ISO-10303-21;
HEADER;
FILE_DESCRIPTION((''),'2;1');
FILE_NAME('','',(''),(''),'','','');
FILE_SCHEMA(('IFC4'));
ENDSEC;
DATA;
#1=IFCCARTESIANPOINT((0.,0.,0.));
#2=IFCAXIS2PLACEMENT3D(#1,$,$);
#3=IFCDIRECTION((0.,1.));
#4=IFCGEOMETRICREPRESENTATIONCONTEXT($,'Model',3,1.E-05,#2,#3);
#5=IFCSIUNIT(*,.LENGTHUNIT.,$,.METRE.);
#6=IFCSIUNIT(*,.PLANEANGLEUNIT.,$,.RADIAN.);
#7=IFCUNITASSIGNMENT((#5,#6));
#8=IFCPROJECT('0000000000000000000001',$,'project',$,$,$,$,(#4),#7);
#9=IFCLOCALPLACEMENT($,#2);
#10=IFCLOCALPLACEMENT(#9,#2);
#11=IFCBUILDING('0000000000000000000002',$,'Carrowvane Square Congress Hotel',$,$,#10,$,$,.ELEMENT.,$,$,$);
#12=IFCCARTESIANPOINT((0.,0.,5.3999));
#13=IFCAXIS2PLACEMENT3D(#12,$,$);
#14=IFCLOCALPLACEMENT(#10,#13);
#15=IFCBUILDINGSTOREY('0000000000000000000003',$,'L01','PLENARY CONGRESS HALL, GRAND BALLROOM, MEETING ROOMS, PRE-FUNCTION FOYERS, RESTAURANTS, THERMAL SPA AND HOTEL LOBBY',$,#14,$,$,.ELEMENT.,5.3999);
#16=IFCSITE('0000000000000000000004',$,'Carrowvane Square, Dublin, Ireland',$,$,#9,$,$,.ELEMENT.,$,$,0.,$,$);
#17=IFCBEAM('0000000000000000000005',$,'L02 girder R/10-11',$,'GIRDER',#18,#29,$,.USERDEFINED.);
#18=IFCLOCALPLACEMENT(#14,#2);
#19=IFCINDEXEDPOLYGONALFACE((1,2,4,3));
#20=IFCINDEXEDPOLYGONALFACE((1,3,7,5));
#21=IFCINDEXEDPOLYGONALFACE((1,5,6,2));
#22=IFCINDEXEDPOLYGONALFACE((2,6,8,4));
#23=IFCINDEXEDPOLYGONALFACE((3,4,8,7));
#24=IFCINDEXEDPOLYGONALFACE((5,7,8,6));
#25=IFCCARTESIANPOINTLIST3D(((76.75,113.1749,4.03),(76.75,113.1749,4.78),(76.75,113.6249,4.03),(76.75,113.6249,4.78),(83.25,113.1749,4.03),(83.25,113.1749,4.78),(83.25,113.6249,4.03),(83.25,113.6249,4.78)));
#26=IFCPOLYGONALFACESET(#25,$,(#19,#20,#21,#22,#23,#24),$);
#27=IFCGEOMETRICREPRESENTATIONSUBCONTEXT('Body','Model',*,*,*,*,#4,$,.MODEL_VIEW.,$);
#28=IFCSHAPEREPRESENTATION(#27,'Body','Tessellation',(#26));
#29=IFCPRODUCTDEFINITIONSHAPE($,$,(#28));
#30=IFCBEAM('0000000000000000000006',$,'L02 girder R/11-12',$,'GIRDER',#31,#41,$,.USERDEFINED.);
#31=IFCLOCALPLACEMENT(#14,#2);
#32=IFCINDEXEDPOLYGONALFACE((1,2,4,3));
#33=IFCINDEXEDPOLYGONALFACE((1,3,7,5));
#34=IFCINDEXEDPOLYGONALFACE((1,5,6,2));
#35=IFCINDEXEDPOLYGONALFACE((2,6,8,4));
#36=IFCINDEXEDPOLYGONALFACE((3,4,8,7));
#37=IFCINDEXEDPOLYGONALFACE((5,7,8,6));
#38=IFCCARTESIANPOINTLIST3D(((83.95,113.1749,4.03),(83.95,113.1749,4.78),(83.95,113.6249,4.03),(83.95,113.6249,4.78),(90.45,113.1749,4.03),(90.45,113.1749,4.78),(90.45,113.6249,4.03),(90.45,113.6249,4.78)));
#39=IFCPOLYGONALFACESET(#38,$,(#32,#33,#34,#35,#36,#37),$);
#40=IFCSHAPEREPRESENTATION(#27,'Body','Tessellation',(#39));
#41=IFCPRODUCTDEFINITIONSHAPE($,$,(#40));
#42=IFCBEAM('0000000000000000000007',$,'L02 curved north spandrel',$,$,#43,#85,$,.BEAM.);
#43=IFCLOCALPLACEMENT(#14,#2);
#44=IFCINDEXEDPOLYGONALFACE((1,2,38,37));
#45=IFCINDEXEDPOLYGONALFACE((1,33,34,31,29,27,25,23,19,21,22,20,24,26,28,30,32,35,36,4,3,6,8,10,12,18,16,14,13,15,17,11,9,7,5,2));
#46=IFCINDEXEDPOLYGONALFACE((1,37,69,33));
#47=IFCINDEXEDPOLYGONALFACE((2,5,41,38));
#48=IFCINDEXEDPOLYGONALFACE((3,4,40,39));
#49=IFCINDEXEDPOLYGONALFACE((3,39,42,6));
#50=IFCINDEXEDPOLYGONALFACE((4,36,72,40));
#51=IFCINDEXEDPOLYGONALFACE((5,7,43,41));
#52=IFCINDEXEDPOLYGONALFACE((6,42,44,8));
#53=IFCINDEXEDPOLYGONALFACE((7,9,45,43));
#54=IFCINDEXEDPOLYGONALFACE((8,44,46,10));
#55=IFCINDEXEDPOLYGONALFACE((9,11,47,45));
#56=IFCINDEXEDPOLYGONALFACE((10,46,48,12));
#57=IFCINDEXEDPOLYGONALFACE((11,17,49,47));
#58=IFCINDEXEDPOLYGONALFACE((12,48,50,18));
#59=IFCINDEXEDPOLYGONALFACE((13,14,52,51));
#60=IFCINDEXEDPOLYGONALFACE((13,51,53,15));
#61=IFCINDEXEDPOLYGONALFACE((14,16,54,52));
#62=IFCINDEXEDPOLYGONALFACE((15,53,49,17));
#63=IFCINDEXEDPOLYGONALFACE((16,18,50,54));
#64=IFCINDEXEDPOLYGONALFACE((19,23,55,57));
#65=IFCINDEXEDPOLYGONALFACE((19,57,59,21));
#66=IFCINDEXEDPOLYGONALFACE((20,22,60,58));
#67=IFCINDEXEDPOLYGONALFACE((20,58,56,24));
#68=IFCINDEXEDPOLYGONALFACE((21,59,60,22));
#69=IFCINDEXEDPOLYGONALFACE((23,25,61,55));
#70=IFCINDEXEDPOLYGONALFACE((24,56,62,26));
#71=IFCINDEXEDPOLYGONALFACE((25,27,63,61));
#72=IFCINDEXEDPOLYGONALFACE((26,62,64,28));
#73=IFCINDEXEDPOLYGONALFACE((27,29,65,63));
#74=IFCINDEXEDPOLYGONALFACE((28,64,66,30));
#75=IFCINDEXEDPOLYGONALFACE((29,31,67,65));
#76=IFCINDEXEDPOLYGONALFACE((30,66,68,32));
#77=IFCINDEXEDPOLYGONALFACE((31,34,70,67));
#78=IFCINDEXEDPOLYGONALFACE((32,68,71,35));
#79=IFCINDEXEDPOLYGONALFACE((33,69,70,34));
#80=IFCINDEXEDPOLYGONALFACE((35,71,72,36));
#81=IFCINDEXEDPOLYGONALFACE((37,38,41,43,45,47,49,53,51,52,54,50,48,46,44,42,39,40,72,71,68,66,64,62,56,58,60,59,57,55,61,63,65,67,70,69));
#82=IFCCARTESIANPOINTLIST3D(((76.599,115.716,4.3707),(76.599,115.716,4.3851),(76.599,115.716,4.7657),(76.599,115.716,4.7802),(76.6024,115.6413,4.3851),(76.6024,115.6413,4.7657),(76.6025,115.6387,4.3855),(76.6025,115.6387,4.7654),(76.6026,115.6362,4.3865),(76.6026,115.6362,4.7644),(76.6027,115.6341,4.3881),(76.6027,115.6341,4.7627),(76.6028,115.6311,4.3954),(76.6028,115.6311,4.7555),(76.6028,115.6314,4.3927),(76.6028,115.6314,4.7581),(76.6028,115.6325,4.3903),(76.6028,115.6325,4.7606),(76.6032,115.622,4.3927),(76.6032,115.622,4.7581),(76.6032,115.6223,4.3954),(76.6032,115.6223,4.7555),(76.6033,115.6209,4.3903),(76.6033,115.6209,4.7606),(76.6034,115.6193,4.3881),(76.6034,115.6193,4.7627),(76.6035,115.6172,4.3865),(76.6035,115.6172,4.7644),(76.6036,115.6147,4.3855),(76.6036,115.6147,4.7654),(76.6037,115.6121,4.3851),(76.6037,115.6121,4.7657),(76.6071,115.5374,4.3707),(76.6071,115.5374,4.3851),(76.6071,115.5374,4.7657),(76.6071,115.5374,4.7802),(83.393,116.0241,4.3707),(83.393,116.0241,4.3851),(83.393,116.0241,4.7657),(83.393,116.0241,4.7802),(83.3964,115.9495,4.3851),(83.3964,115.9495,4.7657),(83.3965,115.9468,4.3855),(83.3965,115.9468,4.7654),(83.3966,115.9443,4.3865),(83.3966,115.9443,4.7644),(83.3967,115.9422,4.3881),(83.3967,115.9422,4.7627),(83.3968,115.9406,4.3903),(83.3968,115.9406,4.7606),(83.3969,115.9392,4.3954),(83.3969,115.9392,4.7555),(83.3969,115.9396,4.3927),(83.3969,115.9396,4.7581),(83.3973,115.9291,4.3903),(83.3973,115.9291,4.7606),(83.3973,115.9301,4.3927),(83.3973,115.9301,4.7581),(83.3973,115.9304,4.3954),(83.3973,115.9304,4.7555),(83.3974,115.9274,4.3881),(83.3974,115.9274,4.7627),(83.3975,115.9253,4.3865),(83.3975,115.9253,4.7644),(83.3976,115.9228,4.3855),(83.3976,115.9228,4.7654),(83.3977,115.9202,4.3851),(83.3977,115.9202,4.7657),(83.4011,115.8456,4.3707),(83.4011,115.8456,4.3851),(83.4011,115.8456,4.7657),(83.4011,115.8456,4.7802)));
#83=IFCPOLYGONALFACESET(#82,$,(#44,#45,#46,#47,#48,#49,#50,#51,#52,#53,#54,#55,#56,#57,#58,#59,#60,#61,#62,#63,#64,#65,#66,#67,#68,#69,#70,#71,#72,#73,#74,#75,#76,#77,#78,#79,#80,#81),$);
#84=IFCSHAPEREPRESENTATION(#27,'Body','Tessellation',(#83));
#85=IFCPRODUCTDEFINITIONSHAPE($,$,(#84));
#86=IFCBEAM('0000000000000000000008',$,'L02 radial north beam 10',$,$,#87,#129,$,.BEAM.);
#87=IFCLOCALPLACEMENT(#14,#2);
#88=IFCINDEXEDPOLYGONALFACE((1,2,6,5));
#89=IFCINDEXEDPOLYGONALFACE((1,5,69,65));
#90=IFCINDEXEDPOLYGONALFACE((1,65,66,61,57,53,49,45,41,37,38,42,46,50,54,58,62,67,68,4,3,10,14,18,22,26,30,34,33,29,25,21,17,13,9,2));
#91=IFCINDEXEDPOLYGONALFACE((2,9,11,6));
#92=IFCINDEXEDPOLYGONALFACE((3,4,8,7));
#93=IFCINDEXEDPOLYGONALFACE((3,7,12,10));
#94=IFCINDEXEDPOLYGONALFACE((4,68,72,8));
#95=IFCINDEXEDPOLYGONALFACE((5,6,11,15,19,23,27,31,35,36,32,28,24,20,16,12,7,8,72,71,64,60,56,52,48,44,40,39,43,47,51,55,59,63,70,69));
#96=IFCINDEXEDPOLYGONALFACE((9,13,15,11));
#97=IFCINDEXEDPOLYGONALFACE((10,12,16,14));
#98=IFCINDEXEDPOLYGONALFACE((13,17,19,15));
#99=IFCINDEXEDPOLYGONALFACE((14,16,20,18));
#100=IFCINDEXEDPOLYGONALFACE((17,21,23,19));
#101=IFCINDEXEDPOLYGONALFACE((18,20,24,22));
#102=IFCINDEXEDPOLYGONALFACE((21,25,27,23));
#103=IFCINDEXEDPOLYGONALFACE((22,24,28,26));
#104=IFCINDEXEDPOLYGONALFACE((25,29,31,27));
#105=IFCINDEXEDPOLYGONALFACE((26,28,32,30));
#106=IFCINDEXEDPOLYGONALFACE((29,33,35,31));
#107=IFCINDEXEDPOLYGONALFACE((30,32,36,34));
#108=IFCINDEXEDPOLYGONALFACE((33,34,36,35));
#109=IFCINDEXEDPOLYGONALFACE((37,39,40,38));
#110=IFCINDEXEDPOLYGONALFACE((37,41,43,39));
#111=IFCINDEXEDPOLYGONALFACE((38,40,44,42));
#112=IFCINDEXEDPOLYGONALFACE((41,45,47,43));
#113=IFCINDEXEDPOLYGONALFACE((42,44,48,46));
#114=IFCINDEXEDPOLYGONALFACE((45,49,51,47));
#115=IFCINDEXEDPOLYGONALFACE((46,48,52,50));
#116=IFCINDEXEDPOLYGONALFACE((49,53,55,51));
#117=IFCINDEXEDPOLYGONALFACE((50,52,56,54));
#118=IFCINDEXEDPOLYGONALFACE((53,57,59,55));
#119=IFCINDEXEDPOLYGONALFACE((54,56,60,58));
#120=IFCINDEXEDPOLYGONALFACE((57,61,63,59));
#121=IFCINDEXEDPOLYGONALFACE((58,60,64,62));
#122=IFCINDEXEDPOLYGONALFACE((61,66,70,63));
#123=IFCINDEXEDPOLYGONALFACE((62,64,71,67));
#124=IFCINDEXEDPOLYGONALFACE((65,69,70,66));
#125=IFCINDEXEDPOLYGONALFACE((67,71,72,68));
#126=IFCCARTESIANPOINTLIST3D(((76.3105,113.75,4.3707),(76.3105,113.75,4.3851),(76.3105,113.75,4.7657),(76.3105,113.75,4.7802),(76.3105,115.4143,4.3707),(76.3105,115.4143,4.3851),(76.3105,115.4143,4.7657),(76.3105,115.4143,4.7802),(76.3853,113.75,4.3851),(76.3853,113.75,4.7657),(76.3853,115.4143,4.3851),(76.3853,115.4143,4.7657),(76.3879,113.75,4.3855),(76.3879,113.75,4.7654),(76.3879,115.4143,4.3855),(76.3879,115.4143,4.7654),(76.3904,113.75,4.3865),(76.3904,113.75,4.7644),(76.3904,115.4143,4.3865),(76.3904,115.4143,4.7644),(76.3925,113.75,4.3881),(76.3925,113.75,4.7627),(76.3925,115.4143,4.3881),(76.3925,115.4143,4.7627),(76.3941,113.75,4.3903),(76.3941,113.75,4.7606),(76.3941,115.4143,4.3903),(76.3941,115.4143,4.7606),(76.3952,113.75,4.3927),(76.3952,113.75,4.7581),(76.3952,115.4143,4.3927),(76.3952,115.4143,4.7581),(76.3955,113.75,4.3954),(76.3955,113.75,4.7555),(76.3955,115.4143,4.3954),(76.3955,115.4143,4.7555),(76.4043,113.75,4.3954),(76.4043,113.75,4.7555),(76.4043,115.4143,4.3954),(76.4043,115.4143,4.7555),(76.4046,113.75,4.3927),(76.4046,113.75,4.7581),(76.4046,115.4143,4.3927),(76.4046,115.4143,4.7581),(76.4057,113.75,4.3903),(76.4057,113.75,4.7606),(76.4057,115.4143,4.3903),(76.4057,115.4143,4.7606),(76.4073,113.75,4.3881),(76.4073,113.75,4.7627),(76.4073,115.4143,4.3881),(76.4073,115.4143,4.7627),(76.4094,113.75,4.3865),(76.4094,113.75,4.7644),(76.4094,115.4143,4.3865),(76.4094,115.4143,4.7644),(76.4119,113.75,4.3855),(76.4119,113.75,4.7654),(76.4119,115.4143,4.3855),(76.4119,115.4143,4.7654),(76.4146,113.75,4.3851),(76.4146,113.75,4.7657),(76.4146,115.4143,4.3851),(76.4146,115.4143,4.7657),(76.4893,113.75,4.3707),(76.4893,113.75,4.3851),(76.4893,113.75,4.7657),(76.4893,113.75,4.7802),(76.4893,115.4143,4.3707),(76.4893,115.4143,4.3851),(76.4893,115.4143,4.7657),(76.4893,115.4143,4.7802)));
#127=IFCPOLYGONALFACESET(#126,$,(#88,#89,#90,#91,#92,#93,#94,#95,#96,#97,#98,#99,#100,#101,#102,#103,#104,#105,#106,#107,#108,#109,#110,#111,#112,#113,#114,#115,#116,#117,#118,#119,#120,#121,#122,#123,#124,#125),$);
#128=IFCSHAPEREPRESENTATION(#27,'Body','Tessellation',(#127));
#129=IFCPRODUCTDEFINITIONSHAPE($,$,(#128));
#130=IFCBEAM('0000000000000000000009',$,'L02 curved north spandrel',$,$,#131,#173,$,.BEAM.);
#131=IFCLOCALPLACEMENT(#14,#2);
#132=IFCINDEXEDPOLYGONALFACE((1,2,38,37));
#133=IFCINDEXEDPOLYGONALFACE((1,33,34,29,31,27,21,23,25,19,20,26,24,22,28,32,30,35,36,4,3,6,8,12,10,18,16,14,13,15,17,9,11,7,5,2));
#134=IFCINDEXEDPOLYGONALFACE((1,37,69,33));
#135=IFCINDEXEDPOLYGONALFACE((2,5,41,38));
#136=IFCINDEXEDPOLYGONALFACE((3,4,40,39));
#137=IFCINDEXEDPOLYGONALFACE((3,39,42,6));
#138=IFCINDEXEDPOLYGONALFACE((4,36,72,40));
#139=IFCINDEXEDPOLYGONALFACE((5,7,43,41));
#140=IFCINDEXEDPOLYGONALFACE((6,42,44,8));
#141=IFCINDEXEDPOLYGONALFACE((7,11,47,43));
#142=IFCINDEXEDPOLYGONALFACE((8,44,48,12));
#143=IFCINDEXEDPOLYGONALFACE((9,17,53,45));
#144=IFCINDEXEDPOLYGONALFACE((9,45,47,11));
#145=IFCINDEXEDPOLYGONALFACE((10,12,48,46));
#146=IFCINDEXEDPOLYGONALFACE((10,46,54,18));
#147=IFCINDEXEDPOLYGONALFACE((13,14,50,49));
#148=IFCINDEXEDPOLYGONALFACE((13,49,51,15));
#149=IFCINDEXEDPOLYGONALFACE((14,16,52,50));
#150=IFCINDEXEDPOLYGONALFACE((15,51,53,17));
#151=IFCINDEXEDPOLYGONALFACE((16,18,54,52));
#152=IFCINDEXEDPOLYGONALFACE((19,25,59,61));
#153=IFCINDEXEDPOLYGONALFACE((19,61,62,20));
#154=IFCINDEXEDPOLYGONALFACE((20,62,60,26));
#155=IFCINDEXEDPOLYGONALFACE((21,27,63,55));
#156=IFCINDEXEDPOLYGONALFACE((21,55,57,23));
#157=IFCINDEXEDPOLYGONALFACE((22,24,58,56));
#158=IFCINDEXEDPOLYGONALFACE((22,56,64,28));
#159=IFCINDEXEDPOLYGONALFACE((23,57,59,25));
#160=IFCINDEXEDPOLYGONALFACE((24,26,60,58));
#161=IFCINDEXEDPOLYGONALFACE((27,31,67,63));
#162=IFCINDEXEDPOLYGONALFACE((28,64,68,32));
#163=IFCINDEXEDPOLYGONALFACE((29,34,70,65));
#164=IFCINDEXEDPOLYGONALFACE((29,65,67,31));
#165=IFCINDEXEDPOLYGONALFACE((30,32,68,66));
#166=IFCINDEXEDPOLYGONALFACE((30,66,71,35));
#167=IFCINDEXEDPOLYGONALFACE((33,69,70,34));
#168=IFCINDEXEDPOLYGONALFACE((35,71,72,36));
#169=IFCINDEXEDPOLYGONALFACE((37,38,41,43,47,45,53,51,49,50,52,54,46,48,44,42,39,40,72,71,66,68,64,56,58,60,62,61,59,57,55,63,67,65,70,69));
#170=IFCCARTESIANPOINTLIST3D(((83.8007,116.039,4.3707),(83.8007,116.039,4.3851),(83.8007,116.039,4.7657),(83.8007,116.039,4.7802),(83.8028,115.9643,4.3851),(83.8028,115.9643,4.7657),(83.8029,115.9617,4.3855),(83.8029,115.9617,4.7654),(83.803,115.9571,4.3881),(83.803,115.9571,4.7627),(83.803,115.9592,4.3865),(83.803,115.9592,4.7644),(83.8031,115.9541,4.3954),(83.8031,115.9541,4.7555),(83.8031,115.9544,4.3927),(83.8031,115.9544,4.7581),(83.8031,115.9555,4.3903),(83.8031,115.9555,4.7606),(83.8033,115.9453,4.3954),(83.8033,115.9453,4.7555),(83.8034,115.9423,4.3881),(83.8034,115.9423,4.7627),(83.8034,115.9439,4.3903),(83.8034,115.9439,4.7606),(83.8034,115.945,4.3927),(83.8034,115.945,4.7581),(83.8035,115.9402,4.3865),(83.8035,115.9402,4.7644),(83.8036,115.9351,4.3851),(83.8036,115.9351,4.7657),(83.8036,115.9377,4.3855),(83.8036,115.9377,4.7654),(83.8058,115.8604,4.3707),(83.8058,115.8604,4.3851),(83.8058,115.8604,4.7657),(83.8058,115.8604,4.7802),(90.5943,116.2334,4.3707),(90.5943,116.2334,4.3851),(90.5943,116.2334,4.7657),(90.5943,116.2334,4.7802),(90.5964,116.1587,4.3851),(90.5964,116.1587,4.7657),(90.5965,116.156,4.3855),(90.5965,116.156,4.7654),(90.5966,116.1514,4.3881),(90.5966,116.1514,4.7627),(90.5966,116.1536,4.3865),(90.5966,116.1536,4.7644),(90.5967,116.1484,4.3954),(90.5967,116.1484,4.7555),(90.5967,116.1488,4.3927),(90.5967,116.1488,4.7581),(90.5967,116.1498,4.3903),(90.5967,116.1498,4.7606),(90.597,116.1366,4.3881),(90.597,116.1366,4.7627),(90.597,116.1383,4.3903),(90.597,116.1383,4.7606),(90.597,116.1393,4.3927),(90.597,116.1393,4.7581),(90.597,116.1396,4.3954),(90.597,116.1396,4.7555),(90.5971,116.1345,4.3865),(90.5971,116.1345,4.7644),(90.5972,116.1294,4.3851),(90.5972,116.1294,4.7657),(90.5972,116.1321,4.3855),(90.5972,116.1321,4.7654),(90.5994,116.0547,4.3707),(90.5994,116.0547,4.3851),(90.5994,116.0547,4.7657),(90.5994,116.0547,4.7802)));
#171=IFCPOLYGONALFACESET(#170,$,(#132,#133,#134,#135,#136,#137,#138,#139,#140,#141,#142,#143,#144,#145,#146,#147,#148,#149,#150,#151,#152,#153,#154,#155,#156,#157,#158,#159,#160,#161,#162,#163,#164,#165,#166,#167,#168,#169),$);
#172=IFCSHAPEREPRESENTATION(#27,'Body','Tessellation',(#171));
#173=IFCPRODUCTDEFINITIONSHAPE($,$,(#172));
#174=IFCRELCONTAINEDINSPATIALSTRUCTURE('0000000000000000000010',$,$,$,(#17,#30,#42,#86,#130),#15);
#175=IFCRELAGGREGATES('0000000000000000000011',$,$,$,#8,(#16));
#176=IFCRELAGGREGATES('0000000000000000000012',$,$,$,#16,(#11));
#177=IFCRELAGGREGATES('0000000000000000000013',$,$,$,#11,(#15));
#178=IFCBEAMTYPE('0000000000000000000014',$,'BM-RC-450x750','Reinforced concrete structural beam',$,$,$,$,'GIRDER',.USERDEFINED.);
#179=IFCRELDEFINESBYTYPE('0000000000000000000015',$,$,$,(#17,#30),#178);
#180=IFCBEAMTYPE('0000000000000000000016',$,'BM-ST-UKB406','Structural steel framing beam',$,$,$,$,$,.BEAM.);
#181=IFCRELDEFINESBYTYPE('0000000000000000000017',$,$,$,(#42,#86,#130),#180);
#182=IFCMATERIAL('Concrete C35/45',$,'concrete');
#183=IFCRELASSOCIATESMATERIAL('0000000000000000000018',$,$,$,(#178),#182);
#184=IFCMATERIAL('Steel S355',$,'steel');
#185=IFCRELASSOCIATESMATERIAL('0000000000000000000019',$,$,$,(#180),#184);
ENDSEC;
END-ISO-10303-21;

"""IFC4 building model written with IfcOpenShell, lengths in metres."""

from ifc_helpers import new_model, si_unit, direction, frame, origin, origin_2d, place, context, subcontext, project, spatial, rectangle, i_section, extrude, material, material_profile, profile_set, type_object, element, save


model = new_model("IFC4")

# Units and contexts
model_context = context("Model", 3, precision=1e-05, world=origin(), true_north=direction((0.0, 1.0)))
body_context = subcontext(model_context, "Body", "Model", "MODEL_VIEW")
ifc_project = project(units=[si_unit("LENGTHUNIT", "METRE"), si_unit("PLANEANGLEUNIT", "RADIAN")], contexts=[model_context])

# Site, building, storey
site_placement = place(None, origin())
site = spatial("IfcSite", under=ifc_project, at=site_placement, Name="Carrowvane Square, Dublin, Ireland", CompositionType="ELEMENT", RefElevation=0.0)
building_placement = place(site_placement, origin())
building = spatial("IfcBuilding", under=site, at=building_placement, Name="Carrowvane Square Congress Hotel", CompositionType="ELEMENT")
storey_placement = place(building_placement, frame((0.0, 0.0, 5.3999)))
storey = spatial("IfcBuildingStorey", under=building, at=storey_placement, Name="L01", Description="PLENARY CONGRESS HALL, GRAND BALLROOM, MEETING ROOMS, PRE-FUNCTION FOYERS, RESTAURANTS, THERMAL SPA AND HOTEL LOBBY", CompositionType="ELEMENT", Elevation=5.3999)

# Beams
ifc_material_1 = material(Name="Concrete C35/45", Category="concrete")
ifc_material_profile_1 = material_profile(ifc_material_1, rectangle(XDim=0.45, YDim=0.75, at=origin_2d()), Name="RC 450x750")
ifc_profile_set_1 = profile_set([ifc_material_profile_1], Name="Concrete C35/45")
beam_type_1 = type_object("IfcBeamType", Name="BM-RC-450x750", Description="Reinforced concrete structural beam", ElementType="GIRDER", PredefinedType="USERDEFINED", material=ifc_profile_set_1)
for number, where, z_axis, x_axis, name in (
    (1, (76.75, 113.3999, 4.405), (1.0, 0.0, 0.0), (0.0, 1.0, 0.0), "L02 girder R/10-11"),
    (2, (83.95, 113.3999, 4.405), (1.0, 0.0, 0.0), (0.0, 1.0, 0.0), "L02 girder R/11-12"),
):
    element("IfcBeam", number, at=place(storey_placement, frame(where, z_axis=z_axis, x_axis=x_axis)), inside=storey, type_object=beam_type_1, Name=name, ObjectType="GIRDER", PredefinedType="USERDEFINED", context=body_context, shape_type="SweptSolid", body=[
        extrude(rectangle(XDim=0.45, YDim=0.75, at=origin_2d()), origin(), (0.0, 0.0, 1.0), 6.5),
    ])
ifc_material_2 = material(Name="Steel S355", Category="steel")
ifc_material_profile_2 = material_profile(ifc_material_2, i_section(OverallWidth=0.1787, OverallDepth=0.4094, WebThickness=0.0088, FlangeThickness=0.0144, FilletRadius=0.0103, at=origin_2d()), Name="UKB 406x178x67")
ifc_profile_set_2 = profile_set([ifc_material_profile_2], Name="Steel S355")
beam_type_2 = type_object("IfcBeamType", Name="BM-ST-UKB406", Description="Structural steel framing beam", PredefinedType="BEAM", material=ifc_profile_set_2)
beam_1_placement = place(storey_placement, frame((76.603, 115.6267, 4.5754), z_axis=(0.998973, 0.045303, 0.0), x_axis=(-0.045303, 0.998973, 0.0)))
element("IfcBeam", 3, at=beam_1_placement, inside=storey, type_object=beam_type_2, Name="L02 curved north spandrel", PredefinedType="BEAM", context=body_context, shape_type="SweptSolid", body=[
    extrude(i_section(OverallWidth=0.1787, OverallDepth=0.4094, WebThickness=0.0088, FlangeThickness=0.0144, FilletRadius=0.0103, at=origin_2d()), origin(), (0.0, 0.0, 1.0), 6.801),
])
beam_2_placement = place(storey_placement, frame((76.3999, 113.75, 4.5754), z_axis=(0.0, 1.0, 0.0), x_axis=(-1.0, 0.0, 0.0)))
element("IfcBeam", 4, at=beam_2_placement, inside=storey, type_object=beam_type_2, Name="L02 radial north beam 10", PredefinedType="BEAM", context=body_context, shape_type="SweptSolid", body=[
    extrude(i_section(OverallWidth=0.1787, OverallDepth=0.4094, WebThickness=0.0088, FlangeThickness=0.0144, FilletRadius=0.0103, at=origin_2d()), origin(), (0.0, 0.0, 1.0), 1.6643),
])
beam_3_placement = place(storey_placement, frame((83.8032, 115.9497, 4.5754), z_axis=(0.999591, 0.028594, 0.0), x_axis=(-0.028594, 0.999591, 0.0)))
element("IfcBeam", 5, at=beam_3_placement, inside=storey, type_object=beam_type_2, Name="L02 curved north spandrel", PredefinedType="BEAM", context=body_context, shape_type="SweptSolid", body=[
    extrude(i_section(OverallWidth=0.1787, OverallDepth=0.4094, WebThickness=0.0088, FlangeThickness=0.0144, FilletRadius=0.0103, at=origin_2d()), origin(), (0.0, 0.0, 1.0), 6.7964),
])

save(model, "model.ifc")
